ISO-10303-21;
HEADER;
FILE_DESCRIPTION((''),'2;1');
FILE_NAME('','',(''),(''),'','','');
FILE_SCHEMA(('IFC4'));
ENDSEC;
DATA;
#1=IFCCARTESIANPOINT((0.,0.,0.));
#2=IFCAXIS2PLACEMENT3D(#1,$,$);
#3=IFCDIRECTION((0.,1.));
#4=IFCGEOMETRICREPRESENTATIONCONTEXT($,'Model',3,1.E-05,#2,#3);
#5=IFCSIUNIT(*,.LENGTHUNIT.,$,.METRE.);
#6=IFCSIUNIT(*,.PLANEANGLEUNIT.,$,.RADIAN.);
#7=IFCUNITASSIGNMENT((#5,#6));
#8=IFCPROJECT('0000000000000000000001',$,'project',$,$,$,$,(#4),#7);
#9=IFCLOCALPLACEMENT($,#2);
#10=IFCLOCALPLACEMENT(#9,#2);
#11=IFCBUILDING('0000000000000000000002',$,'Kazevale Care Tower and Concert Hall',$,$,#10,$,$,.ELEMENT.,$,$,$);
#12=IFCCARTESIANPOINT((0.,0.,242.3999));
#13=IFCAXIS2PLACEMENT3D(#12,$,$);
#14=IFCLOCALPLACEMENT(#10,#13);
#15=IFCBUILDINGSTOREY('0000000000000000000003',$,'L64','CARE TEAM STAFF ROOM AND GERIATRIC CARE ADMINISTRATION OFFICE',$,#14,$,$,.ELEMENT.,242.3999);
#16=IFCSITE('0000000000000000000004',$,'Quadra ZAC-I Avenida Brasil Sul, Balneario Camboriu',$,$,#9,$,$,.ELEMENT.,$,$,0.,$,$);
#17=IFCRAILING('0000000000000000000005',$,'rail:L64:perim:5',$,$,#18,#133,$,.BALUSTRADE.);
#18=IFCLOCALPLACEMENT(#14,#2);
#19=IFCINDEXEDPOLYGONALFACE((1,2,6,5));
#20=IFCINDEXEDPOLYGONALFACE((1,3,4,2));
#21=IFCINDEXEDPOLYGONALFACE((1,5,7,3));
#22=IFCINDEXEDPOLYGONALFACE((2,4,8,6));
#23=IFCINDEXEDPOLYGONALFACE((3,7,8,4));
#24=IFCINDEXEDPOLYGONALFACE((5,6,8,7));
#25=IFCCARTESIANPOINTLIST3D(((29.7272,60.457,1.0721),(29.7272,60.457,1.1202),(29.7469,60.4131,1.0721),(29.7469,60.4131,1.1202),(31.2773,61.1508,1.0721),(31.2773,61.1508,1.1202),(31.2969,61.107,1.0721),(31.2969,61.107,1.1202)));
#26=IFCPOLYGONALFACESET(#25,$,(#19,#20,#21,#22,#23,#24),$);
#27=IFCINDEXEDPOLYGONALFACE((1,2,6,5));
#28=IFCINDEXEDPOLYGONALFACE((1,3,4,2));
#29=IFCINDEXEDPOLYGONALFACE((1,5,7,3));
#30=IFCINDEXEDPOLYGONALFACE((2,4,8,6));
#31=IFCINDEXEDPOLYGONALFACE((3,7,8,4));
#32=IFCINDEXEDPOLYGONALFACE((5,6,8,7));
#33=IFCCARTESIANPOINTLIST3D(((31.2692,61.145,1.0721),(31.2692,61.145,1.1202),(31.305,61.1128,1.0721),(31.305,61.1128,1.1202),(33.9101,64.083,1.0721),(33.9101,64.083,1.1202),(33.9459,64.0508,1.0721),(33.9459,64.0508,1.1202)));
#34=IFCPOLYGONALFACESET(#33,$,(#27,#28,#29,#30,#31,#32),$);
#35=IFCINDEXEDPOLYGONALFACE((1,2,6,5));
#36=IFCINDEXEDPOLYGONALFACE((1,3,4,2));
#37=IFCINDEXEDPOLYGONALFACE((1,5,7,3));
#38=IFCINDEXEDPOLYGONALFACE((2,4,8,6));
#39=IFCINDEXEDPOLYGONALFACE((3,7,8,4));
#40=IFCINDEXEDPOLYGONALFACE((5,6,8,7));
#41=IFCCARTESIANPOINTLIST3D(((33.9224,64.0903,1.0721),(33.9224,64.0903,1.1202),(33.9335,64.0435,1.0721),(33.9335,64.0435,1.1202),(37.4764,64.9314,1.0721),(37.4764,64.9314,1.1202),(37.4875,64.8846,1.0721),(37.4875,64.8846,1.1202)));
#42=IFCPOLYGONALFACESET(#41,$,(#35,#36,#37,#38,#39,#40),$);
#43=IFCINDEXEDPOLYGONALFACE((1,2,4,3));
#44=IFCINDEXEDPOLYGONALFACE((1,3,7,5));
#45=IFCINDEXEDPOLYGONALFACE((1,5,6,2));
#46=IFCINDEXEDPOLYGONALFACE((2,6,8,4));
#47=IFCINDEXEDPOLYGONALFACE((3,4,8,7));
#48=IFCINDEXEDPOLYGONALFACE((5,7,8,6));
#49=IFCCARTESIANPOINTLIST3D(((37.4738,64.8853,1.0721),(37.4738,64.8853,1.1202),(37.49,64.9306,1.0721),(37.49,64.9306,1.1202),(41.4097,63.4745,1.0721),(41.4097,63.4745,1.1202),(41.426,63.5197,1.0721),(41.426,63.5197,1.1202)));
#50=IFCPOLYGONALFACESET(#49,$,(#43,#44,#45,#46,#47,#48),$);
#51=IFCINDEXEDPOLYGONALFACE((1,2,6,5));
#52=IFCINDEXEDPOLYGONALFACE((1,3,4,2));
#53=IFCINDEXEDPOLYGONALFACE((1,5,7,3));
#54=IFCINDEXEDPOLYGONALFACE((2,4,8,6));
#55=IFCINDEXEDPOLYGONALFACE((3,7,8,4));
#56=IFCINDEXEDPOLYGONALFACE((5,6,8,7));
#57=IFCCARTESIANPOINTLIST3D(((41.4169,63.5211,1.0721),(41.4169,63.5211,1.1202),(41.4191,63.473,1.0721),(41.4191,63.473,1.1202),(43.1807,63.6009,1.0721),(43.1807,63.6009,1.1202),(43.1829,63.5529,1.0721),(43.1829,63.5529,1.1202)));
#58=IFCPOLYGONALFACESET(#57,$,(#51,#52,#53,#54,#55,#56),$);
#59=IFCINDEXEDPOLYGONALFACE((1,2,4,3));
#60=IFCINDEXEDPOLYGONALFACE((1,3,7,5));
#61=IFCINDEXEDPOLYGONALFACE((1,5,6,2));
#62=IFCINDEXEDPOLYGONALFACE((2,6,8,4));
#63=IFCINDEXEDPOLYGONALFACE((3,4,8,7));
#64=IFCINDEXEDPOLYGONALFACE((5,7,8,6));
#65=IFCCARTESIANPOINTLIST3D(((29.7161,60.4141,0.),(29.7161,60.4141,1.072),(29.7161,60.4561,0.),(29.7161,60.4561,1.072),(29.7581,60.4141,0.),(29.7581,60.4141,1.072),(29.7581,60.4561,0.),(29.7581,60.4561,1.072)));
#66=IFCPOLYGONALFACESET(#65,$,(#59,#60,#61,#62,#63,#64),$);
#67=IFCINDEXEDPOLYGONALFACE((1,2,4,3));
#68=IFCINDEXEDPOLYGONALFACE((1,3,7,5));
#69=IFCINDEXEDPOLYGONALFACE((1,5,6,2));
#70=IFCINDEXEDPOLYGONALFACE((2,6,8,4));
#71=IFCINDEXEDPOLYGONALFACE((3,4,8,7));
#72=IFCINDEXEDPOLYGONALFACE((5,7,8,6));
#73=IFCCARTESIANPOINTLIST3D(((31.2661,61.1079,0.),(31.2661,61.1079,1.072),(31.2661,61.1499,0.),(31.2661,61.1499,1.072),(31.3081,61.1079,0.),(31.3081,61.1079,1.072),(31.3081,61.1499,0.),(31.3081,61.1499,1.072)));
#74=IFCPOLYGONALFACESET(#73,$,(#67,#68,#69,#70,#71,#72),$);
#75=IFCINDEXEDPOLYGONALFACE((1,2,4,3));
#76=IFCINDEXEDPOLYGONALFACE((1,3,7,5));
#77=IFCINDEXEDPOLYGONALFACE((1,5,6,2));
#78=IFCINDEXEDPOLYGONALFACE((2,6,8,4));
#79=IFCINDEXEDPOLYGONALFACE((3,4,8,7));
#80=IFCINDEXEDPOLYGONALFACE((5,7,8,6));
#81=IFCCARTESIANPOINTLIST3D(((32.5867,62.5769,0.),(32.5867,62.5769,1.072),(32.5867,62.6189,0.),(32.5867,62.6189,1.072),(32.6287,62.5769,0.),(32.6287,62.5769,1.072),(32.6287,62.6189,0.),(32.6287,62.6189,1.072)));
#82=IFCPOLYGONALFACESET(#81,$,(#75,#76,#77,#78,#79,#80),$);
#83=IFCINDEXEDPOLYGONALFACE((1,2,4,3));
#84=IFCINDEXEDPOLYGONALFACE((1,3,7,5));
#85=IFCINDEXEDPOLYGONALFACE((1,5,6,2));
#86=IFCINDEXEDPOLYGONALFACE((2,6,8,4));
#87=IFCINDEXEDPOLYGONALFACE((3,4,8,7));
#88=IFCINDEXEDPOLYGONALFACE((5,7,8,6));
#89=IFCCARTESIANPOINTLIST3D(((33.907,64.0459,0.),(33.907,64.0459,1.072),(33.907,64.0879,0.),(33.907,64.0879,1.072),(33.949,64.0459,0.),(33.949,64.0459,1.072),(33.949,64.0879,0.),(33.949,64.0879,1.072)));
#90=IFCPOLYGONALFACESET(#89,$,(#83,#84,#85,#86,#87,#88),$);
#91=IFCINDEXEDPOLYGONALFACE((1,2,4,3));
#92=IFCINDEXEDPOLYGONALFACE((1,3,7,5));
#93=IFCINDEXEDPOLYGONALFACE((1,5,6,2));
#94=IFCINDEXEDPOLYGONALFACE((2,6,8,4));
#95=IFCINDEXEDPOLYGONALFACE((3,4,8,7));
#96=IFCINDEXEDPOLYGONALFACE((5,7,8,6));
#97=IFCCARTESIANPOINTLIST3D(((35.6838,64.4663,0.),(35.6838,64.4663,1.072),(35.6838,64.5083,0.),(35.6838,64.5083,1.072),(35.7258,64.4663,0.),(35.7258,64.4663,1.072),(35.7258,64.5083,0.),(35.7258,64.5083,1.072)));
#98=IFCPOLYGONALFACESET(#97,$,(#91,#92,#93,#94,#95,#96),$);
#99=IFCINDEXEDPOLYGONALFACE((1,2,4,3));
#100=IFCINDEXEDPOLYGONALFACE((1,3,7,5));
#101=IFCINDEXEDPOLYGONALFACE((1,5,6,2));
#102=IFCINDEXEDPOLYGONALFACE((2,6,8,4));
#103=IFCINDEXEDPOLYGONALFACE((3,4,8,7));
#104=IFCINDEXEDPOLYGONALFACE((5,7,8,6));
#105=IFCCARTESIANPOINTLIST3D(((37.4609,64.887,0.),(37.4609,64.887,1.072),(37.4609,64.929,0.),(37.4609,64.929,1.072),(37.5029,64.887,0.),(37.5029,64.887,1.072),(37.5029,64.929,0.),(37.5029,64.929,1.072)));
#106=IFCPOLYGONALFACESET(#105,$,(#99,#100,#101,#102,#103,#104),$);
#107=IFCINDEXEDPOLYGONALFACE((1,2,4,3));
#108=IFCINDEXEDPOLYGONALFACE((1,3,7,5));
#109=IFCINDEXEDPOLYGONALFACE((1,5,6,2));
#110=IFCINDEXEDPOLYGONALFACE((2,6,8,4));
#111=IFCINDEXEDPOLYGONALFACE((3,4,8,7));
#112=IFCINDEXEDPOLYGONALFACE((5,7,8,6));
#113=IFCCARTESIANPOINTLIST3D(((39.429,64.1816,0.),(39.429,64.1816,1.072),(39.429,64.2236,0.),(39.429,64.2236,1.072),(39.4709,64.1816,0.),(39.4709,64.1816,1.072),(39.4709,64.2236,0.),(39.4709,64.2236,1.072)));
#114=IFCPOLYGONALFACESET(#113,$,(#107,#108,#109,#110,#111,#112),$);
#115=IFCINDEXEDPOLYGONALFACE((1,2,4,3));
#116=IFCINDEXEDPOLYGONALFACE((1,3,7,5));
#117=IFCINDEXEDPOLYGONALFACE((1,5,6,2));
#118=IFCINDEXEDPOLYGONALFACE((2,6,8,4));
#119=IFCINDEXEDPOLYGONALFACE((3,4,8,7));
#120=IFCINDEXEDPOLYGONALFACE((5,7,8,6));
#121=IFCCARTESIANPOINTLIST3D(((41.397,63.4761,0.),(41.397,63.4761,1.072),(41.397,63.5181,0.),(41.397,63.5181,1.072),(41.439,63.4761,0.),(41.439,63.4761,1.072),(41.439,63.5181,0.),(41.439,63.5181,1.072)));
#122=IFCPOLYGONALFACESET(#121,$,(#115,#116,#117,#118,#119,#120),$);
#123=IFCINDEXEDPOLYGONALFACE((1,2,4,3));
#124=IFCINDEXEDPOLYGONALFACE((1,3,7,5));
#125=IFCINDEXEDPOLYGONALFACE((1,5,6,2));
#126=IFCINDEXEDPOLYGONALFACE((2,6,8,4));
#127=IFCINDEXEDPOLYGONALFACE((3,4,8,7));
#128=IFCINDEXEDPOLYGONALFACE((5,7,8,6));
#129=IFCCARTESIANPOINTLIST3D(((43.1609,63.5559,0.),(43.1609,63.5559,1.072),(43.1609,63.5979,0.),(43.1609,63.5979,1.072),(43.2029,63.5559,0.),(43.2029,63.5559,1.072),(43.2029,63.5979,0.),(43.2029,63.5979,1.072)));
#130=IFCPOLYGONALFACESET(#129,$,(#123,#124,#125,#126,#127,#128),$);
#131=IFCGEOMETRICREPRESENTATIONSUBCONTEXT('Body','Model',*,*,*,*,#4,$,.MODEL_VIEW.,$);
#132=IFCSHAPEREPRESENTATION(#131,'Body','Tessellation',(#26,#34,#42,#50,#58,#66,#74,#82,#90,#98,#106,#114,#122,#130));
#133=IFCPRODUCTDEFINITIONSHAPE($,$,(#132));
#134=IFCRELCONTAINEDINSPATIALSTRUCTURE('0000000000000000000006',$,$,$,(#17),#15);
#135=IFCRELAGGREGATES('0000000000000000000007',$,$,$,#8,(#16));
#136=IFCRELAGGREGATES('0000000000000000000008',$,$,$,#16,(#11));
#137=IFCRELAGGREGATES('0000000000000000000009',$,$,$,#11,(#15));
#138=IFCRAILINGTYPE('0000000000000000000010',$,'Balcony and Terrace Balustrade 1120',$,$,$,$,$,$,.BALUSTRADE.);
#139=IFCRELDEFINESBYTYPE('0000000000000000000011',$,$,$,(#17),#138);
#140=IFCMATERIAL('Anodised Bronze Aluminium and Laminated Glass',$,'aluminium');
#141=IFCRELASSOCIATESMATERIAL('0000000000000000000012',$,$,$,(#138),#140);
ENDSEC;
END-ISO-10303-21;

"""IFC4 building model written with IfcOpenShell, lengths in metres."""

from ifc_helpers import new_model, si_unit, direction, frame, origin, origin_2d, place, context, subcontext, project, spatial, rectangle, extrude, material, type_object, element, save


model = new_model("IFC4")

# Units and contexts
model_context = context("Model", 3, precision=1e-05, world=origin(), true_north=direction((0.0, 1.0)))
body_context = subcontext(model_context, "Body", "Model", "MODEL_VIEW")
ifc_project = project(units=[si_unit("LENGTHUNIT", "METRE"), si_unit("PLANEANGLEUNIT", "RADIAN")], contexts=[model_context])

# Site, building, storey
site_placement = place(None, origin())
site = spatial("IfcSite", under=ifc_project, at=site_placement, Name="Quadra ZAC-I Avenida Brasil Sul, Balneario Camboriu", CompositionType="ELEMENT", RefElevation=0.0)
building_placement = place(site_placement, origin())
building = spatial("IfcBuilding", under=site, at=building_placement, Name="Kazevale Care Tower and Concert Hall", CompositionType="ELEMENT")
storey_placement = place(building_placement, frame((0.0, 0.0, 242.3999)))
storey = spatial("IfcBuildingStorey", under=building, at=storey_placement, Name="L64", Description="CARE TEAM STAFF ROOM AND GERIATRIC CARE ADMINISTRATION OFFICE", CompositionType="ELEMENT", Elevation=242.3999)

# Railing
ifc_material_1 = material(Name="Anodised Bronze Aluminium and Laminated Glass", Category="aluminium")
railing_type = type_object("IfcRailingType", Name="Balcony and Terrace Balustrade 1120", PredefinedType="BALUSTRADE", material=ifc_material_1)
railing_1_placement = place(storey_placement, frame((29.7371, 60.4351, 0.0)))
element("IfcRailing", 1, at=railing_1_placement, inside=storey, type_object=railing_type, Name="rail:L64:perim:5", PredefinedType="BALUSTRADE", context=body_context, shape_type="SweptSolid", body=[
    extrude(rectangle(XDim=0.0481, YDim=0.0481, at=origin_2d()), frame((0.0, 0.0, 1.0962), z_axis=(0.912729, 0.408565, 0.0), x_axis=(-0.408565, 0.912729, 0.0)), (0.0, 0.0, 1.0), 1.6982),
    extrude(rectangle(XDim=0.0481, YDim=0.0481, at=origin_2d()), frame((1.55, 0.6938, 1.0962), z_axis=(0.6685, 0.743712, 0.0), x_axis=(-0.743712, 0.6685, 0.0)), (0.0, 0.0, 1.0), 3.9504),
    extrude(rectangle(XDim=0.0481, YDim=0.0481, at=origin_2d()), frame((4.1909, 3.6318, 1.0962), z_axis=(0.973121, 0.230295, 0.0), x_axis=(-0.230295, 0.973121, 0.0)), (0.0, 0.0, 1.0), 3.6521),
    extrude(rectangle(XDim=0.0481, YDim=0.0481, at=origin_2d()), frame((7.7449, 4.4729, 1.0962), z_axis=(0.94135, -0.337431, 0.0), x_axis=(0.337431, 0.94135, 0.0)), (0.0, 0.0, 1.0), 4.1812),
    extrude(rectangle(XDim=0.0481, YDim=0.0481, at=origin_2d()), frame((11.6809, 3.062, 1.0962), z_axis=(0.998977, 0.045213, 0.0), x_axis=(-0.045213, 0.998977, 0.0)), (0.0, 0.0, 1.0), 1.7656),
    extrude(rectangle(XDim=0.042, YDim=0.042, at=origin_2d()), origin(), (0.0, 0.0, 1.0), 1.072),
    extrude(rectangle(XDim=0.042, YDim=0.042, at=origin_2d()), frame((1.55, 0.6938, 0.0)), (0.0, 0.0, 1.0), 1.072),
    extrude(rectangle(XDim=0.042, YDim=0.042, at=origin_2d()), frame((2.8706, 2.1628, 0.0)), (0.0, 0.0, 1.0), 1.072),
    extrude(rectangle(XDim=0.042, YDim=0.042, at=origin_2d()), frame((4.1909, 3.6318, 0.0)), (0.0, 0.0, 1.0), 1.072),
    extrude(rectangle(XDim=0.042, YDim=0.042, at=origin_2d()), frame((5.9678, 4.0522, 0.0)), (0.0, 0.0, 1.0), 1.072),
    extrude(rectangle(XDim=0.042, YDim=0.042, at=origin_2d()), frame((7.7449, 4.4729, 0.0)), (0.0, 0.0, 1.0), 1.072),
    extrude(rectangle(XDim=0.042, YDim=0.042, at=origin_2d()), frame((9.7129, 3.7676, 0.0)), (0.0, 0.0, 1.0), 1.072),
    extrude(rectangle(XDim=0.042, YDim=0.042, at=origin_2d()), frame((11.6809, 3.062, 0.0)), (0.0, 0.0, 1.0), 1.072),
    extrude(rectangle(XDim=0.042, YDim=0.042, at=origin_2d()), frame((13.4448, 3.1418, 0.0)), (0.0, 0.0, 1.0), 1.072),
])

save(model, "model.ifc")
